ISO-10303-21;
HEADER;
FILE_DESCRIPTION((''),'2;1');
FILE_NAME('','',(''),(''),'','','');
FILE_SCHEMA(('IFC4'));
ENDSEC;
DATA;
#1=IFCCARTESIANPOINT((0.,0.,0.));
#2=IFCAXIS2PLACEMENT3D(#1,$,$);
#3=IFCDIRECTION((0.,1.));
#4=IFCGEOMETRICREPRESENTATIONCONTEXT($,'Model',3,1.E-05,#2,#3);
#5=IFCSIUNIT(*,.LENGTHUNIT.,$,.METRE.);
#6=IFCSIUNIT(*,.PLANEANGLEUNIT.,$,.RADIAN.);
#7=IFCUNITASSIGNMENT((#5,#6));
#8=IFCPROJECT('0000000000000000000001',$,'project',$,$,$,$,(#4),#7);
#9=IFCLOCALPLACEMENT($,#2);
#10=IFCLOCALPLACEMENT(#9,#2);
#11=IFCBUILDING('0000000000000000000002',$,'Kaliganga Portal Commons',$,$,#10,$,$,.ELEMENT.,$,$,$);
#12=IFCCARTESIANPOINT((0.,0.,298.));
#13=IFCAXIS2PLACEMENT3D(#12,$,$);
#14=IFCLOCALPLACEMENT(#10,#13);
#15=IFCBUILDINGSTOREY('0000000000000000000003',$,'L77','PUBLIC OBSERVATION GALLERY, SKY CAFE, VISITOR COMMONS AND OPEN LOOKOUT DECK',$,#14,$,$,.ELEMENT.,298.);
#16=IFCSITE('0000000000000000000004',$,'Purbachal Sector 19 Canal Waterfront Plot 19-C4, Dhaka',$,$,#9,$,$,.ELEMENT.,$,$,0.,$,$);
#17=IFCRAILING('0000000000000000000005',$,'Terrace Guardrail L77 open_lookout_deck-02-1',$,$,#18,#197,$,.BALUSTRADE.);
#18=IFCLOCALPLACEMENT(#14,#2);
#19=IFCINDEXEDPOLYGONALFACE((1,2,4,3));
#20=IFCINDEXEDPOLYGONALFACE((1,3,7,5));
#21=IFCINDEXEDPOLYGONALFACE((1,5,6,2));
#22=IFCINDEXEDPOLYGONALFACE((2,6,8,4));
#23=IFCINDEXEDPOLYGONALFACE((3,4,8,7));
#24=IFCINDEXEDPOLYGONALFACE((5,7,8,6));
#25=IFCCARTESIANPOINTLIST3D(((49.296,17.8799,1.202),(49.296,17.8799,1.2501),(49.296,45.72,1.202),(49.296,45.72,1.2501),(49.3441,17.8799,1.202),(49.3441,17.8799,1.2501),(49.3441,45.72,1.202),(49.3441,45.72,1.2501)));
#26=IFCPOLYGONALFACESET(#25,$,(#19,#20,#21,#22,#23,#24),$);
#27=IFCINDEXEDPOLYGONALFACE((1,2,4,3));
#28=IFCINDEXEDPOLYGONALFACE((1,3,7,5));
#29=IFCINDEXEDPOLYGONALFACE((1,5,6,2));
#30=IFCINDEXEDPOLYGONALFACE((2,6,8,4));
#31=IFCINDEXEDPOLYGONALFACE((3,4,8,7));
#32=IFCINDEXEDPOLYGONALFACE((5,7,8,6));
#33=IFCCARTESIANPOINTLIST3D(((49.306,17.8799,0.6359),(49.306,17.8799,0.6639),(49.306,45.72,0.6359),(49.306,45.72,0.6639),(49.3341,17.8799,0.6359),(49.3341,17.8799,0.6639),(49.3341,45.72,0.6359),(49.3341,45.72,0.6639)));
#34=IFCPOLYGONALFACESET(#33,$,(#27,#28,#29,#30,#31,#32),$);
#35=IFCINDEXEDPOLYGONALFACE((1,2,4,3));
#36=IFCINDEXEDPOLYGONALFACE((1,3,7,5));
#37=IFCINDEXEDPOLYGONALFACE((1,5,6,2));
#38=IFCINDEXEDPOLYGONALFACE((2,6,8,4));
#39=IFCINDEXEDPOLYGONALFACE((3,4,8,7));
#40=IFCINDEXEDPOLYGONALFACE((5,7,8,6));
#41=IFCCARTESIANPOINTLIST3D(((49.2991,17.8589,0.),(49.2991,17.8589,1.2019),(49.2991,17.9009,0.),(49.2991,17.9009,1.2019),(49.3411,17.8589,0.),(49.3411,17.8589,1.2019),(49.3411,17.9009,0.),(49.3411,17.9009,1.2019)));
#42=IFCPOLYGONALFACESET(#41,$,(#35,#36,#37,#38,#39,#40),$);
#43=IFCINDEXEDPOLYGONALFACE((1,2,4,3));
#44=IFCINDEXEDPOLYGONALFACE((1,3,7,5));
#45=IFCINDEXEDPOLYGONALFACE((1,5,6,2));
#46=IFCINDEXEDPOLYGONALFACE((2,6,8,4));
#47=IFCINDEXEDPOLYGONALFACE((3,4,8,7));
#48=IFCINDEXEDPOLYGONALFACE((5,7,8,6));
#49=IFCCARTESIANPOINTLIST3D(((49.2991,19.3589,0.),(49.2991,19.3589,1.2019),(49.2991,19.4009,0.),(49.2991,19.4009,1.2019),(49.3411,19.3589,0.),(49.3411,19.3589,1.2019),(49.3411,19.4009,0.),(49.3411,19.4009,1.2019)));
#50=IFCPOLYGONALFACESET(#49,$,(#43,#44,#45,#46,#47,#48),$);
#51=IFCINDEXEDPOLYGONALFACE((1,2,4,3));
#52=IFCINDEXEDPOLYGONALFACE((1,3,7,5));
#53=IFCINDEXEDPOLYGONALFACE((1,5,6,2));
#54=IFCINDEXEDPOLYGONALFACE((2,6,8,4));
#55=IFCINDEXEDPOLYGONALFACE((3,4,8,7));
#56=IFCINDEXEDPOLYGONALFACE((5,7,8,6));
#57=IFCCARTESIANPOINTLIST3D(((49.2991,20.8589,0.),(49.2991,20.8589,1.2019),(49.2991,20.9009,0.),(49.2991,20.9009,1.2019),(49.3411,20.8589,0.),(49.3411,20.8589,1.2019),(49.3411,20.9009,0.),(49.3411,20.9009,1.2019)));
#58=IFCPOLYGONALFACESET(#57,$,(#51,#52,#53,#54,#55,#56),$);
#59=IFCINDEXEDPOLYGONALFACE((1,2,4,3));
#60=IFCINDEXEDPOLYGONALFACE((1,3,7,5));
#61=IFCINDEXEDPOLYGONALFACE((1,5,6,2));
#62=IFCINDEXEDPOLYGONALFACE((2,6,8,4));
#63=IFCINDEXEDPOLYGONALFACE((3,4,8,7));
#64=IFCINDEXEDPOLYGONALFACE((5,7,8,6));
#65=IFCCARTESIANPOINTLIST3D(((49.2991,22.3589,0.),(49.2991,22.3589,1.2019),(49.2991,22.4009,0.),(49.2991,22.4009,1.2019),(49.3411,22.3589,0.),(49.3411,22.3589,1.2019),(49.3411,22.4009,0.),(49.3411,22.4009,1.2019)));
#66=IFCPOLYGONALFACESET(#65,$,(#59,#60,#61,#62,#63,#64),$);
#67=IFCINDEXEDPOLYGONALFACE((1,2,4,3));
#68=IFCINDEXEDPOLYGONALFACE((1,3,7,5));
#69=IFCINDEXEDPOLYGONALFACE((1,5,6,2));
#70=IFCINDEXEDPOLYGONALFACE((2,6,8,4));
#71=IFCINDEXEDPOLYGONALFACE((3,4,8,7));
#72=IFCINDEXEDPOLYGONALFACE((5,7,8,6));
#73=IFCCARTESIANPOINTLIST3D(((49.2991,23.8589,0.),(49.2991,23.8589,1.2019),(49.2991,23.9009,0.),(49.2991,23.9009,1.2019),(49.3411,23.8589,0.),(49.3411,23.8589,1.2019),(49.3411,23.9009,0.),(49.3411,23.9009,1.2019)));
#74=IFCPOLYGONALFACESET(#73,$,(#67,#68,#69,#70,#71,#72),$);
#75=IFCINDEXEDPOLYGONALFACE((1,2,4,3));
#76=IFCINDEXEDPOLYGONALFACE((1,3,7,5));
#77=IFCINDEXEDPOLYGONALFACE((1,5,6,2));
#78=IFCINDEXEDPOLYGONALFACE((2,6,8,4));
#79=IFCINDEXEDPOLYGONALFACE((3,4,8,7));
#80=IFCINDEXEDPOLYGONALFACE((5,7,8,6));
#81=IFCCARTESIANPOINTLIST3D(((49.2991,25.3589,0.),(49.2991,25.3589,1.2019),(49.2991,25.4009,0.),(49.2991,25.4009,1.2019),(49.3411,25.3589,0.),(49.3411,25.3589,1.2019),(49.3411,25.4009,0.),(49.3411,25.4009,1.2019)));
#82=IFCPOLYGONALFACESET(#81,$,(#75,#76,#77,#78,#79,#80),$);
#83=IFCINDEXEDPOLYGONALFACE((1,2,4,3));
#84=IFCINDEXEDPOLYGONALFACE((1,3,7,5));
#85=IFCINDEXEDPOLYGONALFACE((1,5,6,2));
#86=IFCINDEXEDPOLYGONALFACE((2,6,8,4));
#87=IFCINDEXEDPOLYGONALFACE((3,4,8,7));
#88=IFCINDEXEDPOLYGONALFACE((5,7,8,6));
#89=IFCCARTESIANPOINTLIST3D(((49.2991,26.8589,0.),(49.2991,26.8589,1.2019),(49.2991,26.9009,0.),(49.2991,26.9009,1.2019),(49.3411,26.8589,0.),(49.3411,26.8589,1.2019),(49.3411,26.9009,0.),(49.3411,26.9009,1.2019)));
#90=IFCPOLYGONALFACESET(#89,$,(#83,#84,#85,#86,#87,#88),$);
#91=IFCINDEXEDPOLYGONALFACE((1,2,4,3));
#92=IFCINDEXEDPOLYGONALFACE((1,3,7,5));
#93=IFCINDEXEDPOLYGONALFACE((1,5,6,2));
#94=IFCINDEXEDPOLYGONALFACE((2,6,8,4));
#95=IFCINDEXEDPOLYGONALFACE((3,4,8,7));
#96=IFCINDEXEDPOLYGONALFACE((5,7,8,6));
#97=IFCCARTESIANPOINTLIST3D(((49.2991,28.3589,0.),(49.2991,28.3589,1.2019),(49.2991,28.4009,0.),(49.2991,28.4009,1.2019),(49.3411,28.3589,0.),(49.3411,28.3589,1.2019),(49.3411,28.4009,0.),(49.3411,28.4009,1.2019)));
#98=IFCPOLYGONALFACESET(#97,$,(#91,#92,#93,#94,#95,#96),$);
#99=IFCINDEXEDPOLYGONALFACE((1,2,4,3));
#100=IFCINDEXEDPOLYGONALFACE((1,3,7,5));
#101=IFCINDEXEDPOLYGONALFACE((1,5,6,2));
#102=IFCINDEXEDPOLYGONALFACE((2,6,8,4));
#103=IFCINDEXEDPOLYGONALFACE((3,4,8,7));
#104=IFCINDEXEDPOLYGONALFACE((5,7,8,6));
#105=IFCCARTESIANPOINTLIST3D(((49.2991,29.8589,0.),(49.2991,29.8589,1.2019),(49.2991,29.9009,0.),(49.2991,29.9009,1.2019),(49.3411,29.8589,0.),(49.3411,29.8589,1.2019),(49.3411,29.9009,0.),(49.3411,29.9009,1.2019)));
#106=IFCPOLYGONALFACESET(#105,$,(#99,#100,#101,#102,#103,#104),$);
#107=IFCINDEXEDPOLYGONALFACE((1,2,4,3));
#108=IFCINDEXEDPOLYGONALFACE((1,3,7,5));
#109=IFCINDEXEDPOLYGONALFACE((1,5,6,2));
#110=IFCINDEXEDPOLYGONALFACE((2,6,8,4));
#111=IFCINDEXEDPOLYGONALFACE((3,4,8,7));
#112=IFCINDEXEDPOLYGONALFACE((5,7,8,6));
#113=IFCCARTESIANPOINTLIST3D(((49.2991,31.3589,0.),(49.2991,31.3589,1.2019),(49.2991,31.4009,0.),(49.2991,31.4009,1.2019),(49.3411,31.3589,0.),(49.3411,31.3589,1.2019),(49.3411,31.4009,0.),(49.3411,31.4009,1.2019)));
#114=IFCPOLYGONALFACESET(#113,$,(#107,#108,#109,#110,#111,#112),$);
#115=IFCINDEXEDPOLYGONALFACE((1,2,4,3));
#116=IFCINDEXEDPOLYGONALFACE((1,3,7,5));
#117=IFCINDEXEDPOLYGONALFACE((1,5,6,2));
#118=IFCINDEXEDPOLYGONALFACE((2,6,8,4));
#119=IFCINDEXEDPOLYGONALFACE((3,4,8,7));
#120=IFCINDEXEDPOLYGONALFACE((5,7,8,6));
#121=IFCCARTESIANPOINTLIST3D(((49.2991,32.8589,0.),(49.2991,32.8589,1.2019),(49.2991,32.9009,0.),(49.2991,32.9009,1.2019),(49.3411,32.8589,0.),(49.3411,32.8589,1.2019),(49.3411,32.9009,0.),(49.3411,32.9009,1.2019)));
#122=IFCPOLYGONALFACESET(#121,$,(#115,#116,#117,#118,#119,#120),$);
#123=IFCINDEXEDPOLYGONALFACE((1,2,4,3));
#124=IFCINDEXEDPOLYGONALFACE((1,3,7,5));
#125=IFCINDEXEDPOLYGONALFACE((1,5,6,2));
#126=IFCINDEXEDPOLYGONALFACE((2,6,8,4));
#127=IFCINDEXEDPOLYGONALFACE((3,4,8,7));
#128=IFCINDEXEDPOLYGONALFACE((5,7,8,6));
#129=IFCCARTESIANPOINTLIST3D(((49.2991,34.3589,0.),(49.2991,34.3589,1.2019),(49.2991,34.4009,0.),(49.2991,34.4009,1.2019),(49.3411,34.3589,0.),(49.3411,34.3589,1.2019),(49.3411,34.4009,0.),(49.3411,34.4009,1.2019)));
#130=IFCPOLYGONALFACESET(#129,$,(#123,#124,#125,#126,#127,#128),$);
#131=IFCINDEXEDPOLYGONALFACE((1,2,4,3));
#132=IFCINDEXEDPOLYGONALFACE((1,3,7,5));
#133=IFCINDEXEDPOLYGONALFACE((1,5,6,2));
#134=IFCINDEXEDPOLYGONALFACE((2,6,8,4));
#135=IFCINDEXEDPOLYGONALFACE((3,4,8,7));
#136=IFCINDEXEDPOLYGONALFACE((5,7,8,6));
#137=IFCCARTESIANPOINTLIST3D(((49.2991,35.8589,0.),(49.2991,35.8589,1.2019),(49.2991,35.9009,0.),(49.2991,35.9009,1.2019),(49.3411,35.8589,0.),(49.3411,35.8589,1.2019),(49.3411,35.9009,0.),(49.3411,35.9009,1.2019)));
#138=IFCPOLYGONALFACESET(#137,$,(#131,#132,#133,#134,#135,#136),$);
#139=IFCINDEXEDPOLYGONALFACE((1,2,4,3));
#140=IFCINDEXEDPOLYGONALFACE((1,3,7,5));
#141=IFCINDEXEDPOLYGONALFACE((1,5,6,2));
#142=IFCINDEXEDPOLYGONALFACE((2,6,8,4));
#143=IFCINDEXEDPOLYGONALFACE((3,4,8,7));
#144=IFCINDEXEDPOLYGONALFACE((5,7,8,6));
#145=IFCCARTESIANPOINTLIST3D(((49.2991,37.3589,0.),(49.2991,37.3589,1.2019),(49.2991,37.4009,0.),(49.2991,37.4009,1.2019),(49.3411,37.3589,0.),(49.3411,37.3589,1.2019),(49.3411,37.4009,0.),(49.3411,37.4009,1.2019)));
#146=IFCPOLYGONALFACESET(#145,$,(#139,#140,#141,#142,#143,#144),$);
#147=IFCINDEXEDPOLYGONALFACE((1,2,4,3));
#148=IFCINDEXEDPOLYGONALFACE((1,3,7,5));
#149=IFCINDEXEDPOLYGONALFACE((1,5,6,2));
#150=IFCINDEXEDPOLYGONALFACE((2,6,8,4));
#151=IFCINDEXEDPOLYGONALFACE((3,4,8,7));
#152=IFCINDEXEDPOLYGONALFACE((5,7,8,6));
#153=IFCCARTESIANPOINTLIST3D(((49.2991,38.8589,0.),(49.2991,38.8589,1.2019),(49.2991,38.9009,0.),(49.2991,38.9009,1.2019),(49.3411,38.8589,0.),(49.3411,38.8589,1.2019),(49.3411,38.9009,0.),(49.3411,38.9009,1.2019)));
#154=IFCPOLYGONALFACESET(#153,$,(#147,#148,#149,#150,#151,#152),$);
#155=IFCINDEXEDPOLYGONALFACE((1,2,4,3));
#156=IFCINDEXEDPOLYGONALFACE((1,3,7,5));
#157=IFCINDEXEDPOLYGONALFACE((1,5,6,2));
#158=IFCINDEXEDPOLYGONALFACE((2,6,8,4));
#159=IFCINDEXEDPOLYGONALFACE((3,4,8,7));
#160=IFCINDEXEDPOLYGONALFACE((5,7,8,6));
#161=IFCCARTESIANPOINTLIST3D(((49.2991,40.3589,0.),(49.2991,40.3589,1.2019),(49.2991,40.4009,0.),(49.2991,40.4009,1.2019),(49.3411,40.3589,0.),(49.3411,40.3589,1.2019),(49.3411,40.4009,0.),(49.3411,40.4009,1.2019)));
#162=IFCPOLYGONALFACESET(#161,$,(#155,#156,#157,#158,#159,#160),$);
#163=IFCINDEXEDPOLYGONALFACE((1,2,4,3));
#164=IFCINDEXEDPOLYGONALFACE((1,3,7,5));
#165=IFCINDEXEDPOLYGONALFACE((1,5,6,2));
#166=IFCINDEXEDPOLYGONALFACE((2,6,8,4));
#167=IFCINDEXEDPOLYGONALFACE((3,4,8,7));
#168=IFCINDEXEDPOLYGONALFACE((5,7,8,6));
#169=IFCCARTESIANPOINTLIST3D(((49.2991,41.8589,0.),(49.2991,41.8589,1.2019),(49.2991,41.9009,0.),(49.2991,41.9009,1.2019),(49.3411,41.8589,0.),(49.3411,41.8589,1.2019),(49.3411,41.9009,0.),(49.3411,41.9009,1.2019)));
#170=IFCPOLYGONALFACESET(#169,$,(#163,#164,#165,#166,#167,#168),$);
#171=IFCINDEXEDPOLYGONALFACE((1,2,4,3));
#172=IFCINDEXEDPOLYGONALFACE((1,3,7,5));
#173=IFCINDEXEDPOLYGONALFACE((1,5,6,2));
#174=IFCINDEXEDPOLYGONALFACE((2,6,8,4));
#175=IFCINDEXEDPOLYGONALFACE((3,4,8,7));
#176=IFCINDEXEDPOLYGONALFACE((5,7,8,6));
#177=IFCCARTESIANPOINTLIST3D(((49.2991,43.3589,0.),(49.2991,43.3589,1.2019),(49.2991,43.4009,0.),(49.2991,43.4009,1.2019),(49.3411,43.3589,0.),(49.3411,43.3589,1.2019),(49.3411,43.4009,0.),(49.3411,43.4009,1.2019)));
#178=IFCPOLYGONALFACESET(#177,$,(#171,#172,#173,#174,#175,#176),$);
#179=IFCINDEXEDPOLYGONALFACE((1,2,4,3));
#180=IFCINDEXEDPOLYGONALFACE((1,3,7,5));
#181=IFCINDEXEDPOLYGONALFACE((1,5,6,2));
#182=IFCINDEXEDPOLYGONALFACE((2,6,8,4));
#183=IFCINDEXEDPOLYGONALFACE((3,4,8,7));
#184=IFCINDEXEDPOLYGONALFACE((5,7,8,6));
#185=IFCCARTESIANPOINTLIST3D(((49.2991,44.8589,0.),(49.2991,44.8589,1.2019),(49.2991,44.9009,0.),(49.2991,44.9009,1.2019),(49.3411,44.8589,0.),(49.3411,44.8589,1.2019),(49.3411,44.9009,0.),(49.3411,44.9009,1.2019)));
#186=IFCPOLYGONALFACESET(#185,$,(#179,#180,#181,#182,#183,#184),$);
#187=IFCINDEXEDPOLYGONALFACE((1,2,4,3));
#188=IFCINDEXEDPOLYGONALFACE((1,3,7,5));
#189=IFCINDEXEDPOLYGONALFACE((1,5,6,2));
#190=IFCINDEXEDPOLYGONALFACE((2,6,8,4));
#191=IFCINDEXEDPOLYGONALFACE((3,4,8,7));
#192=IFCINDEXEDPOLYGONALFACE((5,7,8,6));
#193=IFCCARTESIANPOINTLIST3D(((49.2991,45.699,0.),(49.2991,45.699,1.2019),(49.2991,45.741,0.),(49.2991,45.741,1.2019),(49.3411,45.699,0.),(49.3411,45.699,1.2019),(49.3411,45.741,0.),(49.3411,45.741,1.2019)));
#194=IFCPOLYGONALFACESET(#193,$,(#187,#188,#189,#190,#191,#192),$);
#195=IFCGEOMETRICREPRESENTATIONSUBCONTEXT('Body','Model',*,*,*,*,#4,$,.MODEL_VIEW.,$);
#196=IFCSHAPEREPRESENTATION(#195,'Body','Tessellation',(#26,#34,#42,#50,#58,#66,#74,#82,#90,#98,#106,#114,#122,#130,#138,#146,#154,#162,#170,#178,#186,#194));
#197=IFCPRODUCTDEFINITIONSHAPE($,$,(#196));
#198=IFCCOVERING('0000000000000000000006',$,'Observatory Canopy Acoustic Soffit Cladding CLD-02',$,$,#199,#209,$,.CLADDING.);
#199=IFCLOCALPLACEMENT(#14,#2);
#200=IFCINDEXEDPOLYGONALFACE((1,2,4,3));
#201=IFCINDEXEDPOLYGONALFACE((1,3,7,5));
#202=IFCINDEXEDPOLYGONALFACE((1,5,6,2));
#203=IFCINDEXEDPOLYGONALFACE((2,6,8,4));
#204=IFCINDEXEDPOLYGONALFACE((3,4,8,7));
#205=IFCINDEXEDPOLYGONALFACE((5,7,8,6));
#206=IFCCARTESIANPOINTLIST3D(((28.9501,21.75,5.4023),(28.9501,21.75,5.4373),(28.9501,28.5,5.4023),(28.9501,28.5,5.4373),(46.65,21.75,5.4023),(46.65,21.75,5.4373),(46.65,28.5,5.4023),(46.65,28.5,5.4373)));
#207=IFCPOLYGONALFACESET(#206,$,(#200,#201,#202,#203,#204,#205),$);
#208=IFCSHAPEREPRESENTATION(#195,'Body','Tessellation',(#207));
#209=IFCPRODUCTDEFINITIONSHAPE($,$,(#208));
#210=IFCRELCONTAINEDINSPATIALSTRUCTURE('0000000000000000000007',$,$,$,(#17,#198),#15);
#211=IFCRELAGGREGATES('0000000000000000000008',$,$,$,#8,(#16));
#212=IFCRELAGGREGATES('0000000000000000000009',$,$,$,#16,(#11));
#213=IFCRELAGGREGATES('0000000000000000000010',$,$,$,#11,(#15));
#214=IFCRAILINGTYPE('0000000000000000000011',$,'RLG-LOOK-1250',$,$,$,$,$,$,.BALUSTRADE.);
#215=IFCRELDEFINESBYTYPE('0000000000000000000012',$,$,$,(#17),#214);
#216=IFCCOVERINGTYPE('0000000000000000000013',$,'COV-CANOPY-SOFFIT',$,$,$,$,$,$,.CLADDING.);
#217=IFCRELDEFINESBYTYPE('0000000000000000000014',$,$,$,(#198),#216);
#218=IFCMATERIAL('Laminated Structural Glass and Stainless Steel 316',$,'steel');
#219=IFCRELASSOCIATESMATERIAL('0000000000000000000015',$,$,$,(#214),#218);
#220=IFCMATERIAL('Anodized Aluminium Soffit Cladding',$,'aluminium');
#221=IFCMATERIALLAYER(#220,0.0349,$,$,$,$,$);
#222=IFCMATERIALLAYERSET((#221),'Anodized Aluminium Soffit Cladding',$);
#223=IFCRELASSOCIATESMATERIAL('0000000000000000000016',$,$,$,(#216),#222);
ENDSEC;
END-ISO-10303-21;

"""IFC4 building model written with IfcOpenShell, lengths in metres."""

from ifc_helpers import new_model, si_unit, direction, frame, origin, origin_2d, place, context, subcontext, project, spatial, rectangle, extrude, source, transform, mapped, material, layer, layer_set, type_object, element, save


model = new_model("IFC4")

# Units and contexts
model_context = context("Model", 3, precision=1e-05, world=origin(), true_north=direction((0.0, 1.0)))
body_context = subcontext(model_context, "Body", "Model", "MODEL_VIEW")
ifc_project = project(units=[si_unit("LENGTHUNIT", "METRE"), si_unit("PLANEANGLEUNIT", "RADIAN")], contexts=[model_context])

# Site, building, storey
site_placement = place(None, origin())
site = spatial("IfcSite", under=ifc_project, at=site_placement, Name="Purbachal Sector 19 Canal Waterfront Plot 19-C4, Dhaka", CompositionType="ELEMENT", RefElevation=0.0)
building_placement = place(site_placement, origin())
building = spatial("IfcBuilding", under=site, at=building_placement, Name="Kaliganga Portal Commons", CompositionType="ELEMENT")
storey_placement = place(building_placement, frame((0.0, 0.0, 298.0)))
storey = spatial("IfcBuildingStorey", under=building, at=storey_placement, Name="L77", Description="PUBLIC OBSERVATION GALLERY, SKY CAFE, VISITOR COMMONS AND OPEN LOOKOUT DECK", CompositionType="ELEMENT", Elevation=298.0)

# Railing
ifc_material_1 = material(Name="Laminated Structural Glass and Stainless Steel 316", Category="steel")
railing_type = type_object("IfcRailingType", Name="RLG-LOOK-1250", PredefinedType="BALUSTRADE", material=ifc_material_1)
railing_placement = place(storey_placement, frame((49.3201, 17.8799, 0.0)))
element("IfcRailing", 1, at=railing_placement, inside=storey, type_object=railing_type, Name="Terrace Guardrail L77 open_lookout_deck-02-1", PredefinedType="BALUSTRADE", context=body_context, shape_type="SweptSolid", body=[
    extrude(rectangle(XDim=0.0481, YDim=0.0481, at=origin_2d()), frame((0.0, 0.0, 1.2261), z_axis=(0.0, 1.0, 0.0), x_axis=(-1.0, 0.0, 0.0)), (0.0, 0.0, 1.0), 27.8401),
    extrude(rectangle(XDim=0.0281, YDim=0.0281, at=origin_2d()), frame((0.0, 0.0, 0.6499), z_axis=(0.0, 1.0, 0.0), x_axis=(-1.0, 0.0, 0.0)), (0.0, 0.0, 1.0), 27.8401),
    extrude(rectangle(XDim=0.042, YDim=0.042, at=origin_2d()), origin(), (0.0, 0.0, 1.0), 1.2019),
    extrude(rectangle(XDim=0.042, YDim=0.042, at=origin_2d()), frame((0.0, 1.5, 0.0)), (0.0, 0.0, 1.0), 1.2019),
    extrude(rectangle(XDim=0.042, YDim=0.042, at=origin_2d()), frame((0.0, 3.0, 0.0)), (0.0, 0.0, 1.0), 1.2019),
    extrude(rectangle(XDim=0.042, YDim=0.042, at=origin_2d()), frame((0.0, 4.5, 0.0)), (0.0, 0.0, 1.0), 1.2019),
    extrude(rectangle(XDim=0.042, YDim=0.042, at=origin_2d()), frame((0.0, 6.0, 0.0)), (0.0, 0.0, 1.0), 1.2019),
    extrude(rectangle(XDim=0.042, YDim=0.042, at=origin_2d()), frame((0.0, 7.5, 0.0)), (0.0, 0.0, 1.0), 1.2019),
    extrude(rectangle(XDim=0.042, YDim=0.042, at=origin_2d()), frame((0.0, 9.0, 0.0)), (0.0, 0.0, 1.0), 1.2019),
    extrude(rectangle(XDim=0.042, YDim=0.042, at=origin_2d()), frame((0.0, 10.5, 0.0)), (0.0, 0.0, 1.0), 1.2019),
    extrude(rectangle(XDim=0.042, YDim=0.042, at=origin_2d()), frame((0.0, 12.0, 0.0)), (0.0, 0.0, 1.0), 1.2019),
    extrude(rectangle(XDim=0.042, YDim=0.042, at=origin_2d()), frame((0.0, 13.5, 0.0)), (0.0, 0.0, 1.0), 1.2019),
    extrude(rectangle(XDim=0.042, YDim=0.042, at=origin_2d()), frame((0.0, 15.0, 0.0)), (0.0, 0.0, 1.0), 1.2019),
    extrude(rectangle(XDim=0.042, YDim=0.042, at=origin_2d()), frame((0.0, 16.5, 0.0)), (0.0, 0.0, 1.0), 1.2019),
    extrude(rectangle(XDim=0.042, YDim=0.042, at=origin_2d()), frame((0.0, 18.0, 0.0)), (0.0, 0.0, 1.0), 1.2019),
    extrude(rectangle(XDim=0.042, YDim=0.042, at=origin_2d()), frame((0.0, 19.5, 0.0)), (0.0, 0.0, 1.0), 1.2019),
    extrude(rectangle(XDim=0.042, YDim=0.042, at=origin_2d()), frame((0.0, 21.0, 0.0)), (0.0, 0.0, 1.0), 1.2019),
    extrude(rectangle(XDim=0.042, YDim=0.042, at=origin_2d()), frame((0.0, 22.5, 0.0)), (0.0, 0.0, 1.0), 1.2019),
    extrude(rectangle(XDim=0.042, YDim=0.042, at=origin_2d()), frame((0.0, 24.0, 0.0)), (0.0, 0.0, 1.0), 1.2019),
    extrude(rectangle(XDim=0.042, YDim=0.042, at=origin_2d()), frame((0.0, 25.5, 0.0)), (0.0, 0.0, 1.0), 1.2019),
    extrude(rectangle(XDim=0.042, YDim=0.042, at=origin_2d()), frame((0.0, 27.0, 0.0)), (0.0, 0.0, 1.0), 1.2019),
    extrude(rectangle(XDim=0.042, YDim=0.042, at=origin_2d()), frame((0.0, 27.8401, 0.0)), (0.0, 0.0, 1.0), 1.2019),
])

# Covering
ifc_material_2 = material(Name="Anodized Aluminium Soffit Cladding", Category="aluminium")
ifc_layer_1 = layer(ifc_material_2, 0.0349)
ifc_layer_set_1 = layer_set([ifc_layer_1], Name="Anodized Aluminium Soffit Cladding")
covering_type = type_object("IfcCoveringType", Name="COV-CANOPY-SOFFIT", PredefinedType="CLADDING", material=ifc_layer_set_1)
shared_shape_1 = source(origin(), body_context, "Body", "SweptSolid", [
    extrude(rectangle(XDim=17.7, YDim=6.75, at=origin_2d()), origin(), (0.0, 0.0, 1.0), 0.0349),
])
covering_placement = place(storey_placement, frame((37.8, 25.125, 5.4023), z_axis=(0.0, 0.0, 1.0), x_axis=(1.0, 0.0, 0.0)))
element("IfcCovering", 2, at=covering_placement, inside=storey, type_object=covering_type, Name="Observatory Canopy Acoustic Soffit Cladding CLD-02", PredefinedType="CLADDING", context=body_context, shape_type="MappedRepresentation", body=[
    mapped(shared_shape_1, transform((0.0, 0.0, 0.0), x_axis=(1.0, 0.0, 0.0), y_axis=(0.0, 1.0, 0.0), z_axis=(0.0, 0.0, 1.0), scale=1.0)),
])

save(model, "model.ifc")
